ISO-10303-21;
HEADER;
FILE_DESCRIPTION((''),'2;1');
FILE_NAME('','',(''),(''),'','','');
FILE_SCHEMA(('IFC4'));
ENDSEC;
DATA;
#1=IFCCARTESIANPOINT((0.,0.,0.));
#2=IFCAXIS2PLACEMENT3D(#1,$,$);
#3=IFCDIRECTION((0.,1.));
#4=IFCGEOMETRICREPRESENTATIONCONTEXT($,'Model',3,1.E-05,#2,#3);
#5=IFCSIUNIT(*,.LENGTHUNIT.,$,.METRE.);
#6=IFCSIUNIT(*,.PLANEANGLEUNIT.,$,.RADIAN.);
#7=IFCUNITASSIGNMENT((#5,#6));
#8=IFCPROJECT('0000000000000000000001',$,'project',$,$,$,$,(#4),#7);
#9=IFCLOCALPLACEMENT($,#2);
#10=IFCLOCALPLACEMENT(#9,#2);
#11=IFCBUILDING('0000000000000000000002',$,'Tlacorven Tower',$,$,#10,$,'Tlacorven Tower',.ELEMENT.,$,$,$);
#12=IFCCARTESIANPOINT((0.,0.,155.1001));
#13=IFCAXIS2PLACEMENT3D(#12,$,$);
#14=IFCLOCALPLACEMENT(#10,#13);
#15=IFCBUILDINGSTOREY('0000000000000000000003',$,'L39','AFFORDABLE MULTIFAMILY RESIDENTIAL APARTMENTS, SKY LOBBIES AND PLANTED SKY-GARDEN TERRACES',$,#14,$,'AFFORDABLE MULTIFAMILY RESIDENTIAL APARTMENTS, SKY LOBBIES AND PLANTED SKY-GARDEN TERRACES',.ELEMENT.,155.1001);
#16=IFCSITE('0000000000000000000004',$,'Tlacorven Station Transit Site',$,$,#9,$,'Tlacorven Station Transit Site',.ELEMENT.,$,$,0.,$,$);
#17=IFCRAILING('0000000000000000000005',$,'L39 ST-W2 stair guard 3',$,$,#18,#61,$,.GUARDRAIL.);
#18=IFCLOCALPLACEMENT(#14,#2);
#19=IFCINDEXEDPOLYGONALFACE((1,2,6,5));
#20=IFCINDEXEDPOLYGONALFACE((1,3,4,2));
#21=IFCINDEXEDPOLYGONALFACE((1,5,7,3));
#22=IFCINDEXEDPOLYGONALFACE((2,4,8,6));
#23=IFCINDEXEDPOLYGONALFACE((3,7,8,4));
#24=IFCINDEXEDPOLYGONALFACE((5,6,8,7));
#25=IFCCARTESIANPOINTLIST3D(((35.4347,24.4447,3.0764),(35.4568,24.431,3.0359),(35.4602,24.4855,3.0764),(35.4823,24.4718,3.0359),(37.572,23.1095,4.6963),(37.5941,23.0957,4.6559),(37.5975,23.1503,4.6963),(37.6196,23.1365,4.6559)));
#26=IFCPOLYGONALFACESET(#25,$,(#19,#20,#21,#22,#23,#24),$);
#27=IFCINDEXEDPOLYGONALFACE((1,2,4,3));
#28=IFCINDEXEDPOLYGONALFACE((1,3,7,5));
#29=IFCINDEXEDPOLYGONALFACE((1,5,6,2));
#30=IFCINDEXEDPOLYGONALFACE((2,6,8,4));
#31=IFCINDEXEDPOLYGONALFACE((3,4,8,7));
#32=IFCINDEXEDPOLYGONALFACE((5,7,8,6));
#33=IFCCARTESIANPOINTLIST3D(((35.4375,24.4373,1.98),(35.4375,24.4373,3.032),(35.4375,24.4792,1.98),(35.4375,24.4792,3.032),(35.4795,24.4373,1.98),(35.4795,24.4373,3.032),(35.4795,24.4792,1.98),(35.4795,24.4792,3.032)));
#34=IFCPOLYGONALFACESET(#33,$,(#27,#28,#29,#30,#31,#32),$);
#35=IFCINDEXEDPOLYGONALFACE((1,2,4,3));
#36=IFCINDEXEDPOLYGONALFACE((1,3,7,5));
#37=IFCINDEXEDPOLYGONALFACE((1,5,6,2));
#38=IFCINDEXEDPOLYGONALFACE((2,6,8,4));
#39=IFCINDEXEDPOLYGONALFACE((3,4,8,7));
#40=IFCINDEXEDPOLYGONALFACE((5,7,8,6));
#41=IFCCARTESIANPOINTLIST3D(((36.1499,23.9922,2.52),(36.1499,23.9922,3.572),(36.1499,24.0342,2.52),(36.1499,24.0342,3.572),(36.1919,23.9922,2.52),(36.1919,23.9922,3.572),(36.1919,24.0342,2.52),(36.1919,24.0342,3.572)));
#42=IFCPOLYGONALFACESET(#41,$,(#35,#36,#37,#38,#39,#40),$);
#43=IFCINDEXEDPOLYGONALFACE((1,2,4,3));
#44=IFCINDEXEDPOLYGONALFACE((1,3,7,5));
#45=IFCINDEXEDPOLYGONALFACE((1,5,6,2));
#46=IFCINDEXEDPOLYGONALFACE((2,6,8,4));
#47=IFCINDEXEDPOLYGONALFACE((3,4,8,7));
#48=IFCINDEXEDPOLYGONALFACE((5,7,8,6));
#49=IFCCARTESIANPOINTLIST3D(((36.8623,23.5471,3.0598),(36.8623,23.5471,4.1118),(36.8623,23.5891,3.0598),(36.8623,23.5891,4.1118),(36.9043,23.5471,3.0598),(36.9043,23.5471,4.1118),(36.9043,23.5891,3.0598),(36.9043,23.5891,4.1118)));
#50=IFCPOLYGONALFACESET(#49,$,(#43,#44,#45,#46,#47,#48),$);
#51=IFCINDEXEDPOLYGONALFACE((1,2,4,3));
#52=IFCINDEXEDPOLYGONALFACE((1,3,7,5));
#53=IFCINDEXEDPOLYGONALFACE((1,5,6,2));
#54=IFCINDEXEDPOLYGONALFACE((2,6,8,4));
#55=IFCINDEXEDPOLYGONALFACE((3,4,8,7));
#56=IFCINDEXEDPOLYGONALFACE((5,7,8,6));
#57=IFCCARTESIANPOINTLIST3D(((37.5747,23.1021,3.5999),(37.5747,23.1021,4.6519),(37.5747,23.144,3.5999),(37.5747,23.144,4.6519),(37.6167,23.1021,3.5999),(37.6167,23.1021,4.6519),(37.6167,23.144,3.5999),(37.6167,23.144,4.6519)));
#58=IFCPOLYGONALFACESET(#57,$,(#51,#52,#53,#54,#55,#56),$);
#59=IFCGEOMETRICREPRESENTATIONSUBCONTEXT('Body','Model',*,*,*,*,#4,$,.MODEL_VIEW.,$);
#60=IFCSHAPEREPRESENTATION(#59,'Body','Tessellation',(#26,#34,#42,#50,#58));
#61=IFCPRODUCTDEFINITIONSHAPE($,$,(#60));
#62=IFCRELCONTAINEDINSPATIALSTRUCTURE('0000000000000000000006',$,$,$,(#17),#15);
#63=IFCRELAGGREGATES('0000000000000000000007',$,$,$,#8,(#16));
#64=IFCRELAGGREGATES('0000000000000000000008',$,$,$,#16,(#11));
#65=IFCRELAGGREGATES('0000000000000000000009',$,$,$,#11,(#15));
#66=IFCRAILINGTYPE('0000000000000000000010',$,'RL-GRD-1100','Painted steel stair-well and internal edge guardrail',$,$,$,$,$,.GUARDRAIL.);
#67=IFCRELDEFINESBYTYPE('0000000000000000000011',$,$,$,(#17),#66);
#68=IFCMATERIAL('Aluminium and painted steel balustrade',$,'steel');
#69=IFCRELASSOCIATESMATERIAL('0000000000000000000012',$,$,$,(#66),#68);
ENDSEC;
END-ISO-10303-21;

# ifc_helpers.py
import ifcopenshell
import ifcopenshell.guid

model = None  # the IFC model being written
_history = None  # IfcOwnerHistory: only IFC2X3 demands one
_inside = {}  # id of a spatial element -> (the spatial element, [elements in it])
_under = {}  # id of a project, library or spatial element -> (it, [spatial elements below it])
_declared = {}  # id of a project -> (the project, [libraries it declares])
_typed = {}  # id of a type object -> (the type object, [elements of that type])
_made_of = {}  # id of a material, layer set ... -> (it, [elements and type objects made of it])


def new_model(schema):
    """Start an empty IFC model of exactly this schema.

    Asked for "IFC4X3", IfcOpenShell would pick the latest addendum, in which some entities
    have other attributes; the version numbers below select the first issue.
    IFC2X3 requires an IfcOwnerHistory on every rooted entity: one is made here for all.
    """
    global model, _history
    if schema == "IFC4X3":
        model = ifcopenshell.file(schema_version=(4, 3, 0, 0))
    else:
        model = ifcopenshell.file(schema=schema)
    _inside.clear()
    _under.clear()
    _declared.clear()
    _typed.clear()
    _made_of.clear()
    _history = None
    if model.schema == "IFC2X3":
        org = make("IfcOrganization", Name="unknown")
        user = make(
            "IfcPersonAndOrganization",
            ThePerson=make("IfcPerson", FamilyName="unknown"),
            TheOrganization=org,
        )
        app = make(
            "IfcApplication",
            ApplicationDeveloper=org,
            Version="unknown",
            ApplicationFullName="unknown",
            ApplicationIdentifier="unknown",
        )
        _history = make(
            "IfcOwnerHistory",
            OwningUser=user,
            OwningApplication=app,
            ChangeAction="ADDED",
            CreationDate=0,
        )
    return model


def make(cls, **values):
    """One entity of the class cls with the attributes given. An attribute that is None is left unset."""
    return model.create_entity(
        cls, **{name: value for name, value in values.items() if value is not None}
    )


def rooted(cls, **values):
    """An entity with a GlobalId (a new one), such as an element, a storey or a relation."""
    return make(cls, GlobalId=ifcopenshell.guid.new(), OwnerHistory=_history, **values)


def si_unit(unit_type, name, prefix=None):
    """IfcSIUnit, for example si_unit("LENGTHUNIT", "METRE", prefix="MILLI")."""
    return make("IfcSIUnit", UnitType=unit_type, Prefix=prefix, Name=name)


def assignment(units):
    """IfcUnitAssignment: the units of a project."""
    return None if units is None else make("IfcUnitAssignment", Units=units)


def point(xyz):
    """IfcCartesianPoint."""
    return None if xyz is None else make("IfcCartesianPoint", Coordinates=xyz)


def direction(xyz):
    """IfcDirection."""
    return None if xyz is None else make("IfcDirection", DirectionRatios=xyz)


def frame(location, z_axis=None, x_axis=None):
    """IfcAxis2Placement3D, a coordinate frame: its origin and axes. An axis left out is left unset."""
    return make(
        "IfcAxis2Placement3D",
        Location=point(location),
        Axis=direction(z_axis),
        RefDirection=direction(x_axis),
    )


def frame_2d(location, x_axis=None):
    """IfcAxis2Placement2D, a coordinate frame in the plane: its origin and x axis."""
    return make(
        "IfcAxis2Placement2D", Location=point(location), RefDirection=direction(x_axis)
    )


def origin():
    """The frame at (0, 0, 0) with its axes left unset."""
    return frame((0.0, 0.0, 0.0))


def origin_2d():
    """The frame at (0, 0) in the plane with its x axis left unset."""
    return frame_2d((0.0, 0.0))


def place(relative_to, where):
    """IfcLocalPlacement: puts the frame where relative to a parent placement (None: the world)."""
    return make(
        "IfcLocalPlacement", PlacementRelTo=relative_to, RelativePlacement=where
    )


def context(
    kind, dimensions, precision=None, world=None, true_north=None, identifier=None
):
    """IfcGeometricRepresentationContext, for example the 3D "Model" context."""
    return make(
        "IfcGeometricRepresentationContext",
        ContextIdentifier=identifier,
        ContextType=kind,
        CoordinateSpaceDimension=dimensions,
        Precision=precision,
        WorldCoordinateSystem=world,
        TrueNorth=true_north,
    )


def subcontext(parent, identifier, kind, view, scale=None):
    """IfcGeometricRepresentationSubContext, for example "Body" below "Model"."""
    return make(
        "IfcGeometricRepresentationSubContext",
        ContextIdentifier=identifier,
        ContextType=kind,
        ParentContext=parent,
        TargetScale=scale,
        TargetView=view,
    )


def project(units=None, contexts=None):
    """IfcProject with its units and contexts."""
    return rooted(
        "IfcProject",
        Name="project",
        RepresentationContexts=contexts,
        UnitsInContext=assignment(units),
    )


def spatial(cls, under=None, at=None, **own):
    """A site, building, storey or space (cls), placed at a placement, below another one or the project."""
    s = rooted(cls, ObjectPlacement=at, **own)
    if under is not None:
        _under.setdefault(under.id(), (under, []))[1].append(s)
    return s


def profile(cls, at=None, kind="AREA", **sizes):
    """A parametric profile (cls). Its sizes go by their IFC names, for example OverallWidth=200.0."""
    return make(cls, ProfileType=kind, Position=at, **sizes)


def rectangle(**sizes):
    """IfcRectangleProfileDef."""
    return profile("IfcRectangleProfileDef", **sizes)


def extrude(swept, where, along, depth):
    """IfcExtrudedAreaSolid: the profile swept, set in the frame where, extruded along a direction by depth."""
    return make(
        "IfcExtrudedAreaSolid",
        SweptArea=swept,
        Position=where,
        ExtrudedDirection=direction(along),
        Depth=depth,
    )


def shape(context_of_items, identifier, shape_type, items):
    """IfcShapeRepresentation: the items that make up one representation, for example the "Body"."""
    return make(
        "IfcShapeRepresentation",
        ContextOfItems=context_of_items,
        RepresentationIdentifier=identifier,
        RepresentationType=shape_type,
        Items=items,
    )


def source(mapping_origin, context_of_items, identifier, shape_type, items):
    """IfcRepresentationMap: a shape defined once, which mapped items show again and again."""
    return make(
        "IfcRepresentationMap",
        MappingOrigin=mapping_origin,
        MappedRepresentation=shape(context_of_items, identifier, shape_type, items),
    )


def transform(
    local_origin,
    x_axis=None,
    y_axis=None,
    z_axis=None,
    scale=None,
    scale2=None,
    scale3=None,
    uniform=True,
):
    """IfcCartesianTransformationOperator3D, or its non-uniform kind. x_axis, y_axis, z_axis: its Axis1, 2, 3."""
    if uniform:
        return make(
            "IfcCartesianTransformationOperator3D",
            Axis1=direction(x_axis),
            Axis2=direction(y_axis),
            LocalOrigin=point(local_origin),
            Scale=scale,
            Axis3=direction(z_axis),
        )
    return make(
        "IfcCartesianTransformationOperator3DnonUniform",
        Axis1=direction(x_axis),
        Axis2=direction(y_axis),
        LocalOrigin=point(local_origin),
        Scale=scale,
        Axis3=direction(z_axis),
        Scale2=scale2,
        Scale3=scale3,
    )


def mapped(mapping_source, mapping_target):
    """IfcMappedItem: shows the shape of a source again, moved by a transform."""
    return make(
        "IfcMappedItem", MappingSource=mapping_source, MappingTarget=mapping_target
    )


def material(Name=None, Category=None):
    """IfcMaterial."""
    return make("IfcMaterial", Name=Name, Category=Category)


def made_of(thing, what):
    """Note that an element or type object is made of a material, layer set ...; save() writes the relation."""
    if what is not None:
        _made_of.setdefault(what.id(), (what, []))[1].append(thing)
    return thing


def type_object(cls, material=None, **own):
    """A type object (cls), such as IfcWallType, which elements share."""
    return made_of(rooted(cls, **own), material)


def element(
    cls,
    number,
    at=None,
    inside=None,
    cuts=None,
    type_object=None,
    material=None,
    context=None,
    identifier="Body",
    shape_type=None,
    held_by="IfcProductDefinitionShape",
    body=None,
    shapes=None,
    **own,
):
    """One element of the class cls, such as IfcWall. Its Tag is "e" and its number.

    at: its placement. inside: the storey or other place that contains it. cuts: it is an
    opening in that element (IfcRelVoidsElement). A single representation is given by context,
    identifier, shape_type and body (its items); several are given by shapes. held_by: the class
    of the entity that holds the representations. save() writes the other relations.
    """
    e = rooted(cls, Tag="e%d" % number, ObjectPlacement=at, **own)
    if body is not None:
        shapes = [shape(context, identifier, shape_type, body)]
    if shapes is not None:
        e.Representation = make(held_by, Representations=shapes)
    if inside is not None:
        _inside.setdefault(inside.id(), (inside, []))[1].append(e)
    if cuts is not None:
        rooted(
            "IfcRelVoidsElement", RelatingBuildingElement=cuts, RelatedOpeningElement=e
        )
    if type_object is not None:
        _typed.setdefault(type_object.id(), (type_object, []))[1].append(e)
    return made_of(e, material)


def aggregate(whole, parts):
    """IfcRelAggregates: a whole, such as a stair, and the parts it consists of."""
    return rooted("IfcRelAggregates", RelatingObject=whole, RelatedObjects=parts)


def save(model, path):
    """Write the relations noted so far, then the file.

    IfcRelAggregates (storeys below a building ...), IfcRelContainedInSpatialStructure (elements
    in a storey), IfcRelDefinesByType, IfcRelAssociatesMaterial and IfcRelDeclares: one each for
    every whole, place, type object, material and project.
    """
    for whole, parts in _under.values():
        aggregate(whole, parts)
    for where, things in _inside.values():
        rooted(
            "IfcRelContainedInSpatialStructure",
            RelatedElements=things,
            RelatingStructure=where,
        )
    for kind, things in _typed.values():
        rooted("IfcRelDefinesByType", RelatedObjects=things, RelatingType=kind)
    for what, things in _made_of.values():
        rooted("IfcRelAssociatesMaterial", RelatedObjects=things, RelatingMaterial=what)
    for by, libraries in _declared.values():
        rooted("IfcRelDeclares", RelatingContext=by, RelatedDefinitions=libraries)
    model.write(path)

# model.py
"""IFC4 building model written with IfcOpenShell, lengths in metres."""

from ifc_helpers import new_model, si_unit, direction, frame, origin, origin_2d, place, context, subcontext, project, spatial, rectangle, extrude, source, transform, mapped, material, type_object, element, save


model = new_model("IFC4")

# Units and contexts
model_context = context("Model", 3, precision=1e-05, world=origin(), true_north=direction((0.0, 1.0)))
body_context = subcontext(model_context, "Body", "Model", "MODEL_VIEW")
ifc_project = project(units=[si_unit("LENGTHUNIT", "METRE"), si_unit("PLANEANGLEUNIT", "RADIAN")], contexts=[model_context])

# Site, building, storey
site_placement = place(None, origin())
site = spatial("IfcSite", under=ifc_project, at=site_placement, Name="Tlacorven Station Transit Site", LongName="Tlacorven Station Transit Site", CompositionType="ELEMENT", RefElevation=0.0)
building_placement = place(site_placement, origin())
building = spatial("IfcBuilding", under=site, at=building_placement, Name="Tlacorven Tower", LongName="Tlacorven Tower", CompositionType="ELEMENT")
storey_placement = place(building_placement, frame((0.0, 0.0, 155.1001)))
storey = spatial("IfcBuildingStorey", under=building, at=storey_placement, Name="L39", Description="AFFORDABLE MULTIFAMILY RESIDENTIAL APARTMENTS, SKY LOBBIES AND PLANTED SKY-GARDEN TERRACES", LongName="AFFORDABLE MULTIFAMILY RESIDENTIAL APARTMENTS, SKY LOBBIES AND PLANTED SKY-GARDEN TERRACES", CompositionType="ELEMENT", Elevation=155.1001)

# Railing
ifc_material_1 = material(Name="Aluminium and painted steel balustrade", Category="steel")
railing_type_1 = type_object("IfcRailingType", Name="RL-GRD-1100", Description="Painted steel stair-well and internal edge guardrail", PredefinedType="GUARDRAIL", material=ifc_material_1)
shared_shape_1 = source(origin(), body_context, "Body", "SweptSolid", [
    extrude(rectangle(XDim=0.0481, YDim=0.0481, at=origin_2d()), frame((0.0, 0.0, 1.0762), z_axis=(0.713417, -0.445702, 0.540727), x_axis=(0.529842, 0.848096, 0.0)), (0.0, 0.0, 1.0), 2.9958),
    extrude(rectangle(XDim=0.042, YDim=0.042, at=origin_2d()), origin(), (0.0, 0.0, 1.0), 1.052),
    extrude(rectangle(XDim=0.042, YDim=0.042, at=origin_2d()), frame((0.7124, -0.4451, 0.54)), (0.0, 0.0, 1.0), 1.052),
    extrude(rectangle(XDim=0.042, YDim=0.042, at=origin_2d()), frame((1.4248, -0.8901, 1.0798)), (0.0, 0.0, 1.0), 1.052),
    extrude(rectangle(XDim=0.042, YDim=0.042, at=origin_2d()), frame((2.1372, -1.3352, 1.6199)), (0.0, 0.0, 1.0), 1.052),
])
railing_1_placement = place(storey_placement, frame((35.4585, 24.4583, 1.98)))
element("IfcRailing", 1, at=railing_1_placement, inside=storey, type_object=railing_type_1, Name="L39 ST-W2 stair guard 3", PredefinedType="GUARDRAIL", context=body_context, shape_type="MappedRepresentation", body=[
    mapped(shared_shape_1, transform((0.0, 0.0, 0.0), scale=1.0)),
])

save(model, "model.ifc")
